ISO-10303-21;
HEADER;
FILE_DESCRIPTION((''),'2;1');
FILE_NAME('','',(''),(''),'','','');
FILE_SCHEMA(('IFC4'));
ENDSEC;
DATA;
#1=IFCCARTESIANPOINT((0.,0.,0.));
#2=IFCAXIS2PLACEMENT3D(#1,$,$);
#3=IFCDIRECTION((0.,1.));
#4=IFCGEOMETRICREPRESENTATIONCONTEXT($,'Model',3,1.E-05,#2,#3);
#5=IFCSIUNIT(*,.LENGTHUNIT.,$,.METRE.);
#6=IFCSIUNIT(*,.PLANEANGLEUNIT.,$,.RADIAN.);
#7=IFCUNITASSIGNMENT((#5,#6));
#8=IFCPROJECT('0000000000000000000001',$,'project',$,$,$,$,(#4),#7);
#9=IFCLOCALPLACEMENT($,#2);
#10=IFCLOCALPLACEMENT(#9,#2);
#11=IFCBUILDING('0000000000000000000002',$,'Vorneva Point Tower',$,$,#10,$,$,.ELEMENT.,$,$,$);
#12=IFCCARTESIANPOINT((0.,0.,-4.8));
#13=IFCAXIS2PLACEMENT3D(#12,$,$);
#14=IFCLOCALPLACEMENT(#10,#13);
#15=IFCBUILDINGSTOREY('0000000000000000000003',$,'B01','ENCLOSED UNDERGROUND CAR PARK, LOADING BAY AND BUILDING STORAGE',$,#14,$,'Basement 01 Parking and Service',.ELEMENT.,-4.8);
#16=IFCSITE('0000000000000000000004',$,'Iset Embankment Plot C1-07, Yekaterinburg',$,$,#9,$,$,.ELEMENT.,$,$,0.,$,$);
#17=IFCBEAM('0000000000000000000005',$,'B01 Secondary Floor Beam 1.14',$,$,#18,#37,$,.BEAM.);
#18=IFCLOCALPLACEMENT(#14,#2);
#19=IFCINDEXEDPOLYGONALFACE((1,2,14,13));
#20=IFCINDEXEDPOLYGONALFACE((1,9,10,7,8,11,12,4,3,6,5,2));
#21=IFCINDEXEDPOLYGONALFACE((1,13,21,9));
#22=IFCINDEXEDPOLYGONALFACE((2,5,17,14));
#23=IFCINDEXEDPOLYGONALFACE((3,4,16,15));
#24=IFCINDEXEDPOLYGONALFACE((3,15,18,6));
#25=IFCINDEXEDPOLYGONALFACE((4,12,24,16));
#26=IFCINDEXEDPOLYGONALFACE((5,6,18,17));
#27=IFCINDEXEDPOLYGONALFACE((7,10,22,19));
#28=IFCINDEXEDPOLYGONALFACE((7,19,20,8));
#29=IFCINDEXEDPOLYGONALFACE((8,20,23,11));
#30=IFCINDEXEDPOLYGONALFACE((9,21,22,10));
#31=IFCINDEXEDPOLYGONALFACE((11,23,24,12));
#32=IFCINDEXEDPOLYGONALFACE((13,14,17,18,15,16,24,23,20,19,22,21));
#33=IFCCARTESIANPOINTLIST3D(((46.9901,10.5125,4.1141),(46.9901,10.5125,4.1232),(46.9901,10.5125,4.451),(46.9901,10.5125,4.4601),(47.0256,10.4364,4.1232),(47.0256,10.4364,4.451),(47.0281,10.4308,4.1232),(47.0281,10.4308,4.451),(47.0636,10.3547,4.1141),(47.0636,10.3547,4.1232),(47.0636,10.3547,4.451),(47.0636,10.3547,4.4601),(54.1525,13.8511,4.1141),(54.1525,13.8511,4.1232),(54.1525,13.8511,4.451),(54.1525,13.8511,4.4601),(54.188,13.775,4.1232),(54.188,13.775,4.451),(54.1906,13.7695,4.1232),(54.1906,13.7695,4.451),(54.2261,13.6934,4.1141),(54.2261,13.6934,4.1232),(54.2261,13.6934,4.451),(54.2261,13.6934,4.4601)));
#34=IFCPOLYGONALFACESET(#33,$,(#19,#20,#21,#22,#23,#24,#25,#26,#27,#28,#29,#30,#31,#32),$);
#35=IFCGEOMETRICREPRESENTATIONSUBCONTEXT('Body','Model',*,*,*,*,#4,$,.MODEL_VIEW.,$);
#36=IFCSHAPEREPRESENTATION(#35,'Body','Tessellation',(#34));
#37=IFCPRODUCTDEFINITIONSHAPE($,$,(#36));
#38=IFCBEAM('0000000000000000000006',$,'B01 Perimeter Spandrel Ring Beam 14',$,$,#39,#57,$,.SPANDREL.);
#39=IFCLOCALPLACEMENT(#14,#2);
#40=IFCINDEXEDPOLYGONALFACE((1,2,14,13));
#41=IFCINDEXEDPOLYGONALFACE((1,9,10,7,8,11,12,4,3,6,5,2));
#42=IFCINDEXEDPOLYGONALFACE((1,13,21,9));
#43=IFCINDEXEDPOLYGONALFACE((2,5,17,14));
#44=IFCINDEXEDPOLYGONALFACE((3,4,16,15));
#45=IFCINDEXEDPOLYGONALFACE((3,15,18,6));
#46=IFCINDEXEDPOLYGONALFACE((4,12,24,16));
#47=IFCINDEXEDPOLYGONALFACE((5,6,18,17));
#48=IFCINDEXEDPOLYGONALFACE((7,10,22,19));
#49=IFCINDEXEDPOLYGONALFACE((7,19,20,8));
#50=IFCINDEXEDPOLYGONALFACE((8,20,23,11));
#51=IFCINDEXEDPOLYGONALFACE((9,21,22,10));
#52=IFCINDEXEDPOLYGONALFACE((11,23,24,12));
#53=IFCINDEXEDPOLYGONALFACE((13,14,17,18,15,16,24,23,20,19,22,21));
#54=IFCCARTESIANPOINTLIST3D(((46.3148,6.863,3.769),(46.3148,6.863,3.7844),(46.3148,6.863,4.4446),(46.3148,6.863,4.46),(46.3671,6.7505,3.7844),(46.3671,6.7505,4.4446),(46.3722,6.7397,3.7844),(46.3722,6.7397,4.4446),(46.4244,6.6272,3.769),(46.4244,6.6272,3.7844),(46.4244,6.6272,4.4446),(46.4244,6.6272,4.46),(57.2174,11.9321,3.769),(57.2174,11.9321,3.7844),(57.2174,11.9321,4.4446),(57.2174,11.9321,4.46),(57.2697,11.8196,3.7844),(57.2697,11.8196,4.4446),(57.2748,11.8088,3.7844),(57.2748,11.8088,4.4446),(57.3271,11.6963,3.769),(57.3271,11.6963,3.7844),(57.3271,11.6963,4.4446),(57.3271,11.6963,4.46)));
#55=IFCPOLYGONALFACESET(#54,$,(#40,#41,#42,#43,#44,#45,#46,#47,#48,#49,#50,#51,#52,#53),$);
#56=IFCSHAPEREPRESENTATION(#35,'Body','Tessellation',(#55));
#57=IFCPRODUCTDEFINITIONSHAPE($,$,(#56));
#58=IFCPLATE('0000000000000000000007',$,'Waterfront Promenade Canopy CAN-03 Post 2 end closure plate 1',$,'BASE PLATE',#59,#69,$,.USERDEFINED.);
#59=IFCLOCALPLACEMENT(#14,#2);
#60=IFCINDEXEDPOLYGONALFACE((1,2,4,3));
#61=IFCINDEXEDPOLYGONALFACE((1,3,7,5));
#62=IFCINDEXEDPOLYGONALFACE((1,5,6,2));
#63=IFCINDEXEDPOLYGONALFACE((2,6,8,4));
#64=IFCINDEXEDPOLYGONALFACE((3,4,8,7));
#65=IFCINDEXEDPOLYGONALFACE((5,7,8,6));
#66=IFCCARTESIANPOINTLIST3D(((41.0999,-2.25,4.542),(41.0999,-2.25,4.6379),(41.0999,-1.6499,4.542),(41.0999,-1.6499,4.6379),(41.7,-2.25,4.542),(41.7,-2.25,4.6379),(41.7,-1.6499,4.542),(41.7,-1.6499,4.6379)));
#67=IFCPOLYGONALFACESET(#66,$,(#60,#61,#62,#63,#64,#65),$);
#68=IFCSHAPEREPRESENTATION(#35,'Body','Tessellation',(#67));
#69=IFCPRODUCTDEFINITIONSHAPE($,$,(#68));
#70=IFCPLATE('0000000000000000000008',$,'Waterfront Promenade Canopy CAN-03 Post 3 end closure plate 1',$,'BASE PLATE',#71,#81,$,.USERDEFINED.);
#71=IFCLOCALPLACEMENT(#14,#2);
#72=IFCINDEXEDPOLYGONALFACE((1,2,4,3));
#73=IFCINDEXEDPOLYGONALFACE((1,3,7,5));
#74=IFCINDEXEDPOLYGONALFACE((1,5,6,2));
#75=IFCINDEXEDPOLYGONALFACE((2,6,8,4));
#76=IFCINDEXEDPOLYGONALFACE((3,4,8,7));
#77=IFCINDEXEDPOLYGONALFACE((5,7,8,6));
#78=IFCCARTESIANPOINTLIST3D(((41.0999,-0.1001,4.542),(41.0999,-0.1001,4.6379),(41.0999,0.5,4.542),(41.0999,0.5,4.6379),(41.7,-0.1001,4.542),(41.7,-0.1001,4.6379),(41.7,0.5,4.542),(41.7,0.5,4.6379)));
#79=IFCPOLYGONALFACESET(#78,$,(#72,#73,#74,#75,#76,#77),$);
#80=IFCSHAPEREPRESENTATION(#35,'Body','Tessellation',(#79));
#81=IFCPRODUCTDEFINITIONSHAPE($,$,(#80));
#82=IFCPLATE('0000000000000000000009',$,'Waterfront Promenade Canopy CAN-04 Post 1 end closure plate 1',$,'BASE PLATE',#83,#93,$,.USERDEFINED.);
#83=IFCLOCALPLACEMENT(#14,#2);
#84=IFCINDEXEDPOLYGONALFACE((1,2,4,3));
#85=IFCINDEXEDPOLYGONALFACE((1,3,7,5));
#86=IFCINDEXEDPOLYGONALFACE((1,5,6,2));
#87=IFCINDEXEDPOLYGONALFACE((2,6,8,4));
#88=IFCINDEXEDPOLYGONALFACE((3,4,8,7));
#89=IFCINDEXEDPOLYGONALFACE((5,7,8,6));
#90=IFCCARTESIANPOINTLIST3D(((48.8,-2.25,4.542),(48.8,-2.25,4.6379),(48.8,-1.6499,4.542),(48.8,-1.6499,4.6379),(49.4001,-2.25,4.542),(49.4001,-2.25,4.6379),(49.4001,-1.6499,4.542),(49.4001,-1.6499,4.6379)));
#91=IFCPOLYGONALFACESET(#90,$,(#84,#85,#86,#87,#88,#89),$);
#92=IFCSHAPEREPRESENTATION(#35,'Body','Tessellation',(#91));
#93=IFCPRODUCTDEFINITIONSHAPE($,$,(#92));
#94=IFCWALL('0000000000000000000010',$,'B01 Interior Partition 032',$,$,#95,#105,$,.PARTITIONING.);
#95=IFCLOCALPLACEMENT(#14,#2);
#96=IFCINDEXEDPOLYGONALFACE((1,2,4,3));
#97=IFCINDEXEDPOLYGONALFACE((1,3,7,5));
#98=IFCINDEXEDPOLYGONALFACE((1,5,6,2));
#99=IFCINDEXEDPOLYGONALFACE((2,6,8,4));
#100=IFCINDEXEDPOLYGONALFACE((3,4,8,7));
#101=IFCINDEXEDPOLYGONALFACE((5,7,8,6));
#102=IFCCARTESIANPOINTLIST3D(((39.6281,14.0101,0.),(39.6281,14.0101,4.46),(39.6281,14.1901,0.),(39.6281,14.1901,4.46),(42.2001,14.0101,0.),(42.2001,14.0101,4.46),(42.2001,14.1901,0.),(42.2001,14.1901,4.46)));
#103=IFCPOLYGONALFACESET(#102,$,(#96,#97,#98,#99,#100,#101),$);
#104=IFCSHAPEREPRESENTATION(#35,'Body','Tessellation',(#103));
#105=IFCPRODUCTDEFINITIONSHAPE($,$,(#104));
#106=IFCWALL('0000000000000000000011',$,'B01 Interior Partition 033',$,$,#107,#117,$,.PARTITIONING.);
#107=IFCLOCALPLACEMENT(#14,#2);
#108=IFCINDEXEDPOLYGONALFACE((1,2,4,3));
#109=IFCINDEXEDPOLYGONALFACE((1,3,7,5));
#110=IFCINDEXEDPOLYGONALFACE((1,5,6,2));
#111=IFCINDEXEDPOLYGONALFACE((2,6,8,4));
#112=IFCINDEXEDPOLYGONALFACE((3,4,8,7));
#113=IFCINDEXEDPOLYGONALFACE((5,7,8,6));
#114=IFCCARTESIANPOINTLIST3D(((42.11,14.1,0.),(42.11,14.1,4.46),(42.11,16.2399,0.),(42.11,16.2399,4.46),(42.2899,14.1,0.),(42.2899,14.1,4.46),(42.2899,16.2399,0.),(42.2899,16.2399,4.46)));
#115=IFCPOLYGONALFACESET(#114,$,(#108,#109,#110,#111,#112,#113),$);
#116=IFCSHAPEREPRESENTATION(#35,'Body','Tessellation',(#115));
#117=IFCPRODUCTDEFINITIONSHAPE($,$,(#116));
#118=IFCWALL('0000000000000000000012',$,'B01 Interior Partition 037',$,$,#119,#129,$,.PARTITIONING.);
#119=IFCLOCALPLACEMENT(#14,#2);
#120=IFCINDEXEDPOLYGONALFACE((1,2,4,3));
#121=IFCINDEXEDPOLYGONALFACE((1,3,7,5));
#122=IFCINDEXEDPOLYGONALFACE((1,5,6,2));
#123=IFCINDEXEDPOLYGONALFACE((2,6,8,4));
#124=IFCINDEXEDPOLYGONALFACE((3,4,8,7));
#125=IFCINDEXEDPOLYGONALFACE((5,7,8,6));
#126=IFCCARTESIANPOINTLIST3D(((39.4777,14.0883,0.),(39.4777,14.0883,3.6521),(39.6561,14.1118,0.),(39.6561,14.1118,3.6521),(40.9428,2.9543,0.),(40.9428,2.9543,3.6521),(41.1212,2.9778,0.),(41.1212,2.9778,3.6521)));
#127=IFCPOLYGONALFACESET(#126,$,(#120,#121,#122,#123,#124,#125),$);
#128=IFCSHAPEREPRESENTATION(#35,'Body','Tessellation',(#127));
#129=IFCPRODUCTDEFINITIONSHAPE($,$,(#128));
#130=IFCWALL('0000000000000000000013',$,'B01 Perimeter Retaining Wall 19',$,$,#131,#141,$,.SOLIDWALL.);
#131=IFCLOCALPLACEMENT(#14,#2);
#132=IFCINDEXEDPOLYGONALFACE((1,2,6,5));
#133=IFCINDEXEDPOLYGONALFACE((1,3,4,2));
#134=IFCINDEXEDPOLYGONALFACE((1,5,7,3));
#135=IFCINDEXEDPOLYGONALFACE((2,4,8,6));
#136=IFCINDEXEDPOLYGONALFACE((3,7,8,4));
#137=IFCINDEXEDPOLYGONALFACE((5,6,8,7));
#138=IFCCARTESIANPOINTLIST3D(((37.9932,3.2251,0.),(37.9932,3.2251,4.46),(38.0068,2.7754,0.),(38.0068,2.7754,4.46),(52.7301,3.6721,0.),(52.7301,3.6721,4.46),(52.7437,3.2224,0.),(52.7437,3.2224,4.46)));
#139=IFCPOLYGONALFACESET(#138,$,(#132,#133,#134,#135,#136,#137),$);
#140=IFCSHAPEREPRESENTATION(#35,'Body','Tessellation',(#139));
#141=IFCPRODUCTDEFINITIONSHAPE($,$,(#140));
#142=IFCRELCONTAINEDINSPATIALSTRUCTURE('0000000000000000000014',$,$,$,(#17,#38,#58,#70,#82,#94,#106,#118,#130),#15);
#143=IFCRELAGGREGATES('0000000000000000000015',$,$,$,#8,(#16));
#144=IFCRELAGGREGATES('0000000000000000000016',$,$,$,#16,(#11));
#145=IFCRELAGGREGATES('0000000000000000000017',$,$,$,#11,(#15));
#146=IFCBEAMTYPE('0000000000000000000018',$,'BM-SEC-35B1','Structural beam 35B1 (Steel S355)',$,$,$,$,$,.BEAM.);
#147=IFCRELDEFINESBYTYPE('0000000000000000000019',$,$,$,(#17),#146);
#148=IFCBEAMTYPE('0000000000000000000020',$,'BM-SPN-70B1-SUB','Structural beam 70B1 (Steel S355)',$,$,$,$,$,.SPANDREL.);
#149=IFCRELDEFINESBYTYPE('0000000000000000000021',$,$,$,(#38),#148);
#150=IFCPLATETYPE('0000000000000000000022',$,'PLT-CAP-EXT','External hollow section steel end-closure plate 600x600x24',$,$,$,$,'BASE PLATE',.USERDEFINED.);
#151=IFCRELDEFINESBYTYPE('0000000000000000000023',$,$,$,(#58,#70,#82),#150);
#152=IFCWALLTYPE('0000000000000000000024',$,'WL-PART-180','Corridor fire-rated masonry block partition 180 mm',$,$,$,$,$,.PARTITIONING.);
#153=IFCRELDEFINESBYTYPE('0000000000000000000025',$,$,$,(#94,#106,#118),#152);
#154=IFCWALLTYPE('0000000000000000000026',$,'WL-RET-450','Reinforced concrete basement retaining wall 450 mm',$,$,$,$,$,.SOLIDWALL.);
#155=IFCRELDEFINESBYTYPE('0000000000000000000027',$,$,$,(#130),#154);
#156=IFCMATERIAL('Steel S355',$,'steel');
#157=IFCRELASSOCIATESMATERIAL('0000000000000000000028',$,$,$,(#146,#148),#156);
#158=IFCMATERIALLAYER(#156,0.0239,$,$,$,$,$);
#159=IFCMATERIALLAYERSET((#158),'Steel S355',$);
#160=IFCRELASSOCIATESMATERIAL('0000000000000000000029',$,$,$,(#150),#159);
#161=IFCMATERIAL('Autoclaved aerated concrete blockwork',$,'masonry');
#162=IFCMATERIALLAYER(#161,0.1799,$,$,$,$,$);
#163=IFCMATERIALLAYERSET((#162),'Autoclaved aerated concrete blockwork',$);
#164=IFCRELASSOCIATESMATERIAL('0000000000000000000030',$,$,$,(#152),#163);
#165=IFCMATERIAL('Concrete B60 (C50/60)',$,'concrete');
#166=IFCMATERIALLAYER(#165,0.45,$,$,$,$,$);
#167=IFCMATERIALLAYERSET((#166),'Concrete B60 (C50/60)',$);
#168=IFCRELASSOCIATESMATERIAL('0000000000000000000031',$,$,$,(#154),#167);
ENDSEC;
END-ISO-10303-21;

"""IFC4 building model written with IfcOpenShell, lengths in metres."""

from ifc_helpers import new_model, si_unit, direction, frame, frame_2d, origin, origin_2d, place, context, subcontext, project, spatial, rectangle, i_section, extrude, material, layer, layer_set, material_profile, profile_set, type_object, element, save


model = new_model("IFC4")

# Units and contexts
model_context = context("Model", 3, precision=1e-05, world=origin(), true_north=direction((0.0, 1.0)))
body_context = subcontext(model_context, "Body", "Model", "MODEL_VIEW")
ifc_project = project(units=[si_unit("LENGTHUNIT", "METRE"), si_unit("PLANEANGLEUNIT", "RADIAN")], contexts=[model_context])

# Site, building, storey
site_placement = place(None, origin())
site = spatial("IfcSite", under=ifc_project, at=site_placement, Name="Iset Embankment Plot C1-07, Yekaterinburg", CompositionType="ELEMENT", RefElevation=0.0)
building_placement = place(site_placement, origin())
building = spatial("IfcBuilding", under=site, at=building_placement, Name="Vorneva Point Tower", CompositionType="ELEMENT")
storey_placement = place(building_placement, frame((0.0, 0.0, -4.8)))
storey = spatial("IfcBuildingStorey", under=building, at=storey_placement, Name="B01", Description="ENCLOSED UNDERGROUND CAR PARK, LOADING BAY AND BUILDING STORAGE", LongName="Basement 01 Parking and Service", CompositionType="ELEMENT", Elevation=-4.8)

# Shared definitions
ifc_material_1 = material(Name="Concrete B60 (C50/60)", Category="concrete")

# Beams
ifc_material_2 = material(Name="Steel S355", Category="steel")
ifc_material_profile_1 = material_profile(ifc_material_2, i_section(OverallWidth=0.1741, OverallDepth=0.3459, WebThickness=0.0061, FlangeThickness=0.009, at=origin_2d()), Name="35B1")
ifc_profile_set_1 = profile_set([ifc_material_profile_1], Name="Steel S355")
beam_type_1 = type_object("IfcBeamType", Name="BM-SEC-35B1", Description="Structural beam 35B1 (Steel S355)", PredefinedType="BEAM", material=ifc_profile_set_1)
beam_1_placement = place(storey_placement, frame((47.0269, 10.4336, 4.2871), z_axis=(0.906368, 0.42249, 0.0), x_axis=(-0.42249, 0.906368, 0.0)))
element("IfcBeam", 1, at=beam_1_placement, inside=storey, type_object=beam_type_1, Name="B01 Secondary Floor Beam 1.14", PredefinedType="BEAM", context=body_context, shape_type="SweptSolid", body=[
    extrude(i_section(OverallWidth=0.1741, OverallDepth=0.3459, WebThickness=0.0061, FlangeThickness=0.009, at=origin_2d()), origin(), (0.0, 0.0, 1.0), 7.9023),
])
ifc_material_profile_2 = material_profile(ifc_material_2, i_section(OverallWidth=0.26, OverallDepth=0.6909, WebThickness=0.012, FlangeThickness=0.0154, at=origin_2d()), Name="70B1")
ifc_profile_set_2 = profile_set([ifc_material_profile_2], Name="Steel S355")
beam_type_2 = type_object("IfcBeamType", Name="BM-SPN-70B1-SUB", Description="Structural beam 70B1 (Steel S355)", PredefinedType="SPANDREL", material=ifc_profile_set_2)
beam_2_placement = place(storey_placement, frame((46.3696, 6.7451, 4.1145), z_axis=(0.906781, 0.421602, 0.0), x_axis=(-0.421602, 0.906781, 0.0)))
element("IfcBeam", 2, at=beam_2_placement, inside=storey, type_object=beam_type_2, Name="B01 Perimeter Spandrel Ring Beam 14", PredefinedType="SPANDREL", context=body_context, shape_type="SweptSolid", body=[
    extrude(i_section(OverallWidth=0.26, OverallDepth=0.6909, WebThickness=0.012, FlangeThickness=0.0154, at=origin_2d()), origin(), (0.0, 0.0, 1.0), 12.0234),
])

# Plates
ifc_layer_1 = layer(ifc_material_2, 0.0239)
ifc_layer_set_1 = layer_set([ifc_layer_1], Name="Steel S355")
plate_type = type_object("IfcPlateType", Name="PLT-CAP-EXT", Description="External hollow section steel end-closure plate 600x600x24", ElementType="BASE PLATE", PredefinedType="USERDEFINED", material=ifc_layer_set_1)
for number, where, z_axis, x_axis, name in (
    (3, (41.3999, -1.95, 4.542), (0.0, 0.0, 1.0), (1.0, 0.0, 0.0), "Waterfront Promenade Canopy CAN-03 Post 2 end closure plate 1"),
    (4, (41.3999, 0.2, 4.542), (0.0, 0.0, 1.0), (1.0, 0.0, 0.0), "Waterfront Promenade Canopy CAN-03 Post 3 end closure plate 1"),
    (5, (49.1001, -1.95, 4.542), (0.0, 0.0, 1.0), (1.0, 0.0, 0.0), "Waterfront Promenade Canopy CAN-04 Post 1 end closure plate 1"),
):
    element("IfcPlate", number, at=place(storey_placement, frame(where, z_axis=z_axis, x_axis=x_axis)), inside=storey, type_object=plate_type, Name=name, ObjectType="BASE PLATE", PredefinedType="USERDEFINED", context=body_context, shape_type="SweptSolid", body=[
        extrude(rectangle(XDim=0.6001, YDim=0.6001, at=origin_2d()), origin(), (0.0, 0.0, 1.0), 0.0959),
    ])

# Walls
ifc_material_3 = material(Name="Autoclaved aerated concrete blockwork", Category="masonry")
ifc_layer_2 = layer(ifc_material_3, 0.1799)
ifc_layer_set_2 = layer_set([ifc_layer_2], Name="Autoclaved aerated concrete blockwork")
wall_type_1 = type_object("IfcWallType", Name="WL-PART-180", Description="Corridor fire-rated masonry block partition 180 mm", PredefinedType="PARTITIONING", material=ifc_layer_set_2)
wall_1_placement = place(storey_placement, frame((39.6279, 14.1001, 0.0), z_axis=(0.0, 0.0, 1.0), x_axis=(1.0, 0.0, 0.0)))
element("IfcWall", 6, at=wall_1_placement, inside=storey, type_object=wall_type_1, Name="B01 Interior Partition 032", PredefinedType="PARTITIONING", context=body_context, shape_type="SweptSolid", body=[
    extrude(rectangle(XDim=2.572, YDim=0.1799, at=frame_2d((1.2861, 0.0))), origin(), (0.0, 0.0, 1.0), 4.46),
])
wall_2_placement = place(storey_placement, frame((42.2, 14.1001, 0.0), z_axis=(0.0, 0.0, 1.0), x_axis=(0.0, 1.0, 0.0)))
element("IfcWall", 7, at=wall_2_placement, inside=storey, type_object=wall_type_1, Name="B01 Interior Partition 033", PredefinedType="PARTITIONING", context=body_context, shape_type="SweptSolid", body=[
    extrude(rectangle(XDim=2.1399, YDim=0.1799, at=frame_2d((1.0698, 0.0))), origin(), (0.0, 0.0, 1.0), 4.46),
])
wall_3_placement = place(storey_placement, frame((41.032, 2.9661, 0.0), z_axis=(0.0, 0.0, 1.0), x_axis=(-0.130462, 0.991453, 0.0)))
element("IfcWall", 8, at=wall_3_placement, inside=storey, type_object=wall_type_1, Name="B01 Interior Partition 037", PredefinedType="PARTITIONING", context=body_context, shape_type="SweptSolid", body=[
    extrude(rectangle(XDim=11.23, YDim=0.1799, at=frame_2d((5.615, 0.0))), origin(), (0.0, 0.0, 1.0), 3.6521),
])
ifc_layer_3 = layer(ifc_material_1, 0.45)
ifc_layer_set_3 = layer_set([ifc_layer_3], Name="Concrete B60 (C50/60)")
wall_type_2 = type_object("IfcWallType", Name="WL-RET-450", Description="Reinforced concrete basement retaining wall 450 mm", PredefinedType="SOLIDWALL", material=ifc_layer_set_3)
wall_4_placement = place(storey_placement, frame((38.0, 3.0002, 0.0), z_axis=(0.0, 0.0, 1.0), x_axis=(0.99954, 0.03032, 0.0)))
element("IfcWall", 9, at=wall_4_placement, inside=storey, type_object=wall_type_2, Name="B01 Perimeter Retaining Wall 19", PredefinedType="SOLIDWALL", context=body_context, shape_type="SweptSolid", body=[
    extrude(rectangle(XDim=14.7437, YDim=0.45, at=frame_2d((7.3718, 0.0))), origin(), (0.0, 0.0, 1.0), 4.46),
])

save(model, "model.ifc")
